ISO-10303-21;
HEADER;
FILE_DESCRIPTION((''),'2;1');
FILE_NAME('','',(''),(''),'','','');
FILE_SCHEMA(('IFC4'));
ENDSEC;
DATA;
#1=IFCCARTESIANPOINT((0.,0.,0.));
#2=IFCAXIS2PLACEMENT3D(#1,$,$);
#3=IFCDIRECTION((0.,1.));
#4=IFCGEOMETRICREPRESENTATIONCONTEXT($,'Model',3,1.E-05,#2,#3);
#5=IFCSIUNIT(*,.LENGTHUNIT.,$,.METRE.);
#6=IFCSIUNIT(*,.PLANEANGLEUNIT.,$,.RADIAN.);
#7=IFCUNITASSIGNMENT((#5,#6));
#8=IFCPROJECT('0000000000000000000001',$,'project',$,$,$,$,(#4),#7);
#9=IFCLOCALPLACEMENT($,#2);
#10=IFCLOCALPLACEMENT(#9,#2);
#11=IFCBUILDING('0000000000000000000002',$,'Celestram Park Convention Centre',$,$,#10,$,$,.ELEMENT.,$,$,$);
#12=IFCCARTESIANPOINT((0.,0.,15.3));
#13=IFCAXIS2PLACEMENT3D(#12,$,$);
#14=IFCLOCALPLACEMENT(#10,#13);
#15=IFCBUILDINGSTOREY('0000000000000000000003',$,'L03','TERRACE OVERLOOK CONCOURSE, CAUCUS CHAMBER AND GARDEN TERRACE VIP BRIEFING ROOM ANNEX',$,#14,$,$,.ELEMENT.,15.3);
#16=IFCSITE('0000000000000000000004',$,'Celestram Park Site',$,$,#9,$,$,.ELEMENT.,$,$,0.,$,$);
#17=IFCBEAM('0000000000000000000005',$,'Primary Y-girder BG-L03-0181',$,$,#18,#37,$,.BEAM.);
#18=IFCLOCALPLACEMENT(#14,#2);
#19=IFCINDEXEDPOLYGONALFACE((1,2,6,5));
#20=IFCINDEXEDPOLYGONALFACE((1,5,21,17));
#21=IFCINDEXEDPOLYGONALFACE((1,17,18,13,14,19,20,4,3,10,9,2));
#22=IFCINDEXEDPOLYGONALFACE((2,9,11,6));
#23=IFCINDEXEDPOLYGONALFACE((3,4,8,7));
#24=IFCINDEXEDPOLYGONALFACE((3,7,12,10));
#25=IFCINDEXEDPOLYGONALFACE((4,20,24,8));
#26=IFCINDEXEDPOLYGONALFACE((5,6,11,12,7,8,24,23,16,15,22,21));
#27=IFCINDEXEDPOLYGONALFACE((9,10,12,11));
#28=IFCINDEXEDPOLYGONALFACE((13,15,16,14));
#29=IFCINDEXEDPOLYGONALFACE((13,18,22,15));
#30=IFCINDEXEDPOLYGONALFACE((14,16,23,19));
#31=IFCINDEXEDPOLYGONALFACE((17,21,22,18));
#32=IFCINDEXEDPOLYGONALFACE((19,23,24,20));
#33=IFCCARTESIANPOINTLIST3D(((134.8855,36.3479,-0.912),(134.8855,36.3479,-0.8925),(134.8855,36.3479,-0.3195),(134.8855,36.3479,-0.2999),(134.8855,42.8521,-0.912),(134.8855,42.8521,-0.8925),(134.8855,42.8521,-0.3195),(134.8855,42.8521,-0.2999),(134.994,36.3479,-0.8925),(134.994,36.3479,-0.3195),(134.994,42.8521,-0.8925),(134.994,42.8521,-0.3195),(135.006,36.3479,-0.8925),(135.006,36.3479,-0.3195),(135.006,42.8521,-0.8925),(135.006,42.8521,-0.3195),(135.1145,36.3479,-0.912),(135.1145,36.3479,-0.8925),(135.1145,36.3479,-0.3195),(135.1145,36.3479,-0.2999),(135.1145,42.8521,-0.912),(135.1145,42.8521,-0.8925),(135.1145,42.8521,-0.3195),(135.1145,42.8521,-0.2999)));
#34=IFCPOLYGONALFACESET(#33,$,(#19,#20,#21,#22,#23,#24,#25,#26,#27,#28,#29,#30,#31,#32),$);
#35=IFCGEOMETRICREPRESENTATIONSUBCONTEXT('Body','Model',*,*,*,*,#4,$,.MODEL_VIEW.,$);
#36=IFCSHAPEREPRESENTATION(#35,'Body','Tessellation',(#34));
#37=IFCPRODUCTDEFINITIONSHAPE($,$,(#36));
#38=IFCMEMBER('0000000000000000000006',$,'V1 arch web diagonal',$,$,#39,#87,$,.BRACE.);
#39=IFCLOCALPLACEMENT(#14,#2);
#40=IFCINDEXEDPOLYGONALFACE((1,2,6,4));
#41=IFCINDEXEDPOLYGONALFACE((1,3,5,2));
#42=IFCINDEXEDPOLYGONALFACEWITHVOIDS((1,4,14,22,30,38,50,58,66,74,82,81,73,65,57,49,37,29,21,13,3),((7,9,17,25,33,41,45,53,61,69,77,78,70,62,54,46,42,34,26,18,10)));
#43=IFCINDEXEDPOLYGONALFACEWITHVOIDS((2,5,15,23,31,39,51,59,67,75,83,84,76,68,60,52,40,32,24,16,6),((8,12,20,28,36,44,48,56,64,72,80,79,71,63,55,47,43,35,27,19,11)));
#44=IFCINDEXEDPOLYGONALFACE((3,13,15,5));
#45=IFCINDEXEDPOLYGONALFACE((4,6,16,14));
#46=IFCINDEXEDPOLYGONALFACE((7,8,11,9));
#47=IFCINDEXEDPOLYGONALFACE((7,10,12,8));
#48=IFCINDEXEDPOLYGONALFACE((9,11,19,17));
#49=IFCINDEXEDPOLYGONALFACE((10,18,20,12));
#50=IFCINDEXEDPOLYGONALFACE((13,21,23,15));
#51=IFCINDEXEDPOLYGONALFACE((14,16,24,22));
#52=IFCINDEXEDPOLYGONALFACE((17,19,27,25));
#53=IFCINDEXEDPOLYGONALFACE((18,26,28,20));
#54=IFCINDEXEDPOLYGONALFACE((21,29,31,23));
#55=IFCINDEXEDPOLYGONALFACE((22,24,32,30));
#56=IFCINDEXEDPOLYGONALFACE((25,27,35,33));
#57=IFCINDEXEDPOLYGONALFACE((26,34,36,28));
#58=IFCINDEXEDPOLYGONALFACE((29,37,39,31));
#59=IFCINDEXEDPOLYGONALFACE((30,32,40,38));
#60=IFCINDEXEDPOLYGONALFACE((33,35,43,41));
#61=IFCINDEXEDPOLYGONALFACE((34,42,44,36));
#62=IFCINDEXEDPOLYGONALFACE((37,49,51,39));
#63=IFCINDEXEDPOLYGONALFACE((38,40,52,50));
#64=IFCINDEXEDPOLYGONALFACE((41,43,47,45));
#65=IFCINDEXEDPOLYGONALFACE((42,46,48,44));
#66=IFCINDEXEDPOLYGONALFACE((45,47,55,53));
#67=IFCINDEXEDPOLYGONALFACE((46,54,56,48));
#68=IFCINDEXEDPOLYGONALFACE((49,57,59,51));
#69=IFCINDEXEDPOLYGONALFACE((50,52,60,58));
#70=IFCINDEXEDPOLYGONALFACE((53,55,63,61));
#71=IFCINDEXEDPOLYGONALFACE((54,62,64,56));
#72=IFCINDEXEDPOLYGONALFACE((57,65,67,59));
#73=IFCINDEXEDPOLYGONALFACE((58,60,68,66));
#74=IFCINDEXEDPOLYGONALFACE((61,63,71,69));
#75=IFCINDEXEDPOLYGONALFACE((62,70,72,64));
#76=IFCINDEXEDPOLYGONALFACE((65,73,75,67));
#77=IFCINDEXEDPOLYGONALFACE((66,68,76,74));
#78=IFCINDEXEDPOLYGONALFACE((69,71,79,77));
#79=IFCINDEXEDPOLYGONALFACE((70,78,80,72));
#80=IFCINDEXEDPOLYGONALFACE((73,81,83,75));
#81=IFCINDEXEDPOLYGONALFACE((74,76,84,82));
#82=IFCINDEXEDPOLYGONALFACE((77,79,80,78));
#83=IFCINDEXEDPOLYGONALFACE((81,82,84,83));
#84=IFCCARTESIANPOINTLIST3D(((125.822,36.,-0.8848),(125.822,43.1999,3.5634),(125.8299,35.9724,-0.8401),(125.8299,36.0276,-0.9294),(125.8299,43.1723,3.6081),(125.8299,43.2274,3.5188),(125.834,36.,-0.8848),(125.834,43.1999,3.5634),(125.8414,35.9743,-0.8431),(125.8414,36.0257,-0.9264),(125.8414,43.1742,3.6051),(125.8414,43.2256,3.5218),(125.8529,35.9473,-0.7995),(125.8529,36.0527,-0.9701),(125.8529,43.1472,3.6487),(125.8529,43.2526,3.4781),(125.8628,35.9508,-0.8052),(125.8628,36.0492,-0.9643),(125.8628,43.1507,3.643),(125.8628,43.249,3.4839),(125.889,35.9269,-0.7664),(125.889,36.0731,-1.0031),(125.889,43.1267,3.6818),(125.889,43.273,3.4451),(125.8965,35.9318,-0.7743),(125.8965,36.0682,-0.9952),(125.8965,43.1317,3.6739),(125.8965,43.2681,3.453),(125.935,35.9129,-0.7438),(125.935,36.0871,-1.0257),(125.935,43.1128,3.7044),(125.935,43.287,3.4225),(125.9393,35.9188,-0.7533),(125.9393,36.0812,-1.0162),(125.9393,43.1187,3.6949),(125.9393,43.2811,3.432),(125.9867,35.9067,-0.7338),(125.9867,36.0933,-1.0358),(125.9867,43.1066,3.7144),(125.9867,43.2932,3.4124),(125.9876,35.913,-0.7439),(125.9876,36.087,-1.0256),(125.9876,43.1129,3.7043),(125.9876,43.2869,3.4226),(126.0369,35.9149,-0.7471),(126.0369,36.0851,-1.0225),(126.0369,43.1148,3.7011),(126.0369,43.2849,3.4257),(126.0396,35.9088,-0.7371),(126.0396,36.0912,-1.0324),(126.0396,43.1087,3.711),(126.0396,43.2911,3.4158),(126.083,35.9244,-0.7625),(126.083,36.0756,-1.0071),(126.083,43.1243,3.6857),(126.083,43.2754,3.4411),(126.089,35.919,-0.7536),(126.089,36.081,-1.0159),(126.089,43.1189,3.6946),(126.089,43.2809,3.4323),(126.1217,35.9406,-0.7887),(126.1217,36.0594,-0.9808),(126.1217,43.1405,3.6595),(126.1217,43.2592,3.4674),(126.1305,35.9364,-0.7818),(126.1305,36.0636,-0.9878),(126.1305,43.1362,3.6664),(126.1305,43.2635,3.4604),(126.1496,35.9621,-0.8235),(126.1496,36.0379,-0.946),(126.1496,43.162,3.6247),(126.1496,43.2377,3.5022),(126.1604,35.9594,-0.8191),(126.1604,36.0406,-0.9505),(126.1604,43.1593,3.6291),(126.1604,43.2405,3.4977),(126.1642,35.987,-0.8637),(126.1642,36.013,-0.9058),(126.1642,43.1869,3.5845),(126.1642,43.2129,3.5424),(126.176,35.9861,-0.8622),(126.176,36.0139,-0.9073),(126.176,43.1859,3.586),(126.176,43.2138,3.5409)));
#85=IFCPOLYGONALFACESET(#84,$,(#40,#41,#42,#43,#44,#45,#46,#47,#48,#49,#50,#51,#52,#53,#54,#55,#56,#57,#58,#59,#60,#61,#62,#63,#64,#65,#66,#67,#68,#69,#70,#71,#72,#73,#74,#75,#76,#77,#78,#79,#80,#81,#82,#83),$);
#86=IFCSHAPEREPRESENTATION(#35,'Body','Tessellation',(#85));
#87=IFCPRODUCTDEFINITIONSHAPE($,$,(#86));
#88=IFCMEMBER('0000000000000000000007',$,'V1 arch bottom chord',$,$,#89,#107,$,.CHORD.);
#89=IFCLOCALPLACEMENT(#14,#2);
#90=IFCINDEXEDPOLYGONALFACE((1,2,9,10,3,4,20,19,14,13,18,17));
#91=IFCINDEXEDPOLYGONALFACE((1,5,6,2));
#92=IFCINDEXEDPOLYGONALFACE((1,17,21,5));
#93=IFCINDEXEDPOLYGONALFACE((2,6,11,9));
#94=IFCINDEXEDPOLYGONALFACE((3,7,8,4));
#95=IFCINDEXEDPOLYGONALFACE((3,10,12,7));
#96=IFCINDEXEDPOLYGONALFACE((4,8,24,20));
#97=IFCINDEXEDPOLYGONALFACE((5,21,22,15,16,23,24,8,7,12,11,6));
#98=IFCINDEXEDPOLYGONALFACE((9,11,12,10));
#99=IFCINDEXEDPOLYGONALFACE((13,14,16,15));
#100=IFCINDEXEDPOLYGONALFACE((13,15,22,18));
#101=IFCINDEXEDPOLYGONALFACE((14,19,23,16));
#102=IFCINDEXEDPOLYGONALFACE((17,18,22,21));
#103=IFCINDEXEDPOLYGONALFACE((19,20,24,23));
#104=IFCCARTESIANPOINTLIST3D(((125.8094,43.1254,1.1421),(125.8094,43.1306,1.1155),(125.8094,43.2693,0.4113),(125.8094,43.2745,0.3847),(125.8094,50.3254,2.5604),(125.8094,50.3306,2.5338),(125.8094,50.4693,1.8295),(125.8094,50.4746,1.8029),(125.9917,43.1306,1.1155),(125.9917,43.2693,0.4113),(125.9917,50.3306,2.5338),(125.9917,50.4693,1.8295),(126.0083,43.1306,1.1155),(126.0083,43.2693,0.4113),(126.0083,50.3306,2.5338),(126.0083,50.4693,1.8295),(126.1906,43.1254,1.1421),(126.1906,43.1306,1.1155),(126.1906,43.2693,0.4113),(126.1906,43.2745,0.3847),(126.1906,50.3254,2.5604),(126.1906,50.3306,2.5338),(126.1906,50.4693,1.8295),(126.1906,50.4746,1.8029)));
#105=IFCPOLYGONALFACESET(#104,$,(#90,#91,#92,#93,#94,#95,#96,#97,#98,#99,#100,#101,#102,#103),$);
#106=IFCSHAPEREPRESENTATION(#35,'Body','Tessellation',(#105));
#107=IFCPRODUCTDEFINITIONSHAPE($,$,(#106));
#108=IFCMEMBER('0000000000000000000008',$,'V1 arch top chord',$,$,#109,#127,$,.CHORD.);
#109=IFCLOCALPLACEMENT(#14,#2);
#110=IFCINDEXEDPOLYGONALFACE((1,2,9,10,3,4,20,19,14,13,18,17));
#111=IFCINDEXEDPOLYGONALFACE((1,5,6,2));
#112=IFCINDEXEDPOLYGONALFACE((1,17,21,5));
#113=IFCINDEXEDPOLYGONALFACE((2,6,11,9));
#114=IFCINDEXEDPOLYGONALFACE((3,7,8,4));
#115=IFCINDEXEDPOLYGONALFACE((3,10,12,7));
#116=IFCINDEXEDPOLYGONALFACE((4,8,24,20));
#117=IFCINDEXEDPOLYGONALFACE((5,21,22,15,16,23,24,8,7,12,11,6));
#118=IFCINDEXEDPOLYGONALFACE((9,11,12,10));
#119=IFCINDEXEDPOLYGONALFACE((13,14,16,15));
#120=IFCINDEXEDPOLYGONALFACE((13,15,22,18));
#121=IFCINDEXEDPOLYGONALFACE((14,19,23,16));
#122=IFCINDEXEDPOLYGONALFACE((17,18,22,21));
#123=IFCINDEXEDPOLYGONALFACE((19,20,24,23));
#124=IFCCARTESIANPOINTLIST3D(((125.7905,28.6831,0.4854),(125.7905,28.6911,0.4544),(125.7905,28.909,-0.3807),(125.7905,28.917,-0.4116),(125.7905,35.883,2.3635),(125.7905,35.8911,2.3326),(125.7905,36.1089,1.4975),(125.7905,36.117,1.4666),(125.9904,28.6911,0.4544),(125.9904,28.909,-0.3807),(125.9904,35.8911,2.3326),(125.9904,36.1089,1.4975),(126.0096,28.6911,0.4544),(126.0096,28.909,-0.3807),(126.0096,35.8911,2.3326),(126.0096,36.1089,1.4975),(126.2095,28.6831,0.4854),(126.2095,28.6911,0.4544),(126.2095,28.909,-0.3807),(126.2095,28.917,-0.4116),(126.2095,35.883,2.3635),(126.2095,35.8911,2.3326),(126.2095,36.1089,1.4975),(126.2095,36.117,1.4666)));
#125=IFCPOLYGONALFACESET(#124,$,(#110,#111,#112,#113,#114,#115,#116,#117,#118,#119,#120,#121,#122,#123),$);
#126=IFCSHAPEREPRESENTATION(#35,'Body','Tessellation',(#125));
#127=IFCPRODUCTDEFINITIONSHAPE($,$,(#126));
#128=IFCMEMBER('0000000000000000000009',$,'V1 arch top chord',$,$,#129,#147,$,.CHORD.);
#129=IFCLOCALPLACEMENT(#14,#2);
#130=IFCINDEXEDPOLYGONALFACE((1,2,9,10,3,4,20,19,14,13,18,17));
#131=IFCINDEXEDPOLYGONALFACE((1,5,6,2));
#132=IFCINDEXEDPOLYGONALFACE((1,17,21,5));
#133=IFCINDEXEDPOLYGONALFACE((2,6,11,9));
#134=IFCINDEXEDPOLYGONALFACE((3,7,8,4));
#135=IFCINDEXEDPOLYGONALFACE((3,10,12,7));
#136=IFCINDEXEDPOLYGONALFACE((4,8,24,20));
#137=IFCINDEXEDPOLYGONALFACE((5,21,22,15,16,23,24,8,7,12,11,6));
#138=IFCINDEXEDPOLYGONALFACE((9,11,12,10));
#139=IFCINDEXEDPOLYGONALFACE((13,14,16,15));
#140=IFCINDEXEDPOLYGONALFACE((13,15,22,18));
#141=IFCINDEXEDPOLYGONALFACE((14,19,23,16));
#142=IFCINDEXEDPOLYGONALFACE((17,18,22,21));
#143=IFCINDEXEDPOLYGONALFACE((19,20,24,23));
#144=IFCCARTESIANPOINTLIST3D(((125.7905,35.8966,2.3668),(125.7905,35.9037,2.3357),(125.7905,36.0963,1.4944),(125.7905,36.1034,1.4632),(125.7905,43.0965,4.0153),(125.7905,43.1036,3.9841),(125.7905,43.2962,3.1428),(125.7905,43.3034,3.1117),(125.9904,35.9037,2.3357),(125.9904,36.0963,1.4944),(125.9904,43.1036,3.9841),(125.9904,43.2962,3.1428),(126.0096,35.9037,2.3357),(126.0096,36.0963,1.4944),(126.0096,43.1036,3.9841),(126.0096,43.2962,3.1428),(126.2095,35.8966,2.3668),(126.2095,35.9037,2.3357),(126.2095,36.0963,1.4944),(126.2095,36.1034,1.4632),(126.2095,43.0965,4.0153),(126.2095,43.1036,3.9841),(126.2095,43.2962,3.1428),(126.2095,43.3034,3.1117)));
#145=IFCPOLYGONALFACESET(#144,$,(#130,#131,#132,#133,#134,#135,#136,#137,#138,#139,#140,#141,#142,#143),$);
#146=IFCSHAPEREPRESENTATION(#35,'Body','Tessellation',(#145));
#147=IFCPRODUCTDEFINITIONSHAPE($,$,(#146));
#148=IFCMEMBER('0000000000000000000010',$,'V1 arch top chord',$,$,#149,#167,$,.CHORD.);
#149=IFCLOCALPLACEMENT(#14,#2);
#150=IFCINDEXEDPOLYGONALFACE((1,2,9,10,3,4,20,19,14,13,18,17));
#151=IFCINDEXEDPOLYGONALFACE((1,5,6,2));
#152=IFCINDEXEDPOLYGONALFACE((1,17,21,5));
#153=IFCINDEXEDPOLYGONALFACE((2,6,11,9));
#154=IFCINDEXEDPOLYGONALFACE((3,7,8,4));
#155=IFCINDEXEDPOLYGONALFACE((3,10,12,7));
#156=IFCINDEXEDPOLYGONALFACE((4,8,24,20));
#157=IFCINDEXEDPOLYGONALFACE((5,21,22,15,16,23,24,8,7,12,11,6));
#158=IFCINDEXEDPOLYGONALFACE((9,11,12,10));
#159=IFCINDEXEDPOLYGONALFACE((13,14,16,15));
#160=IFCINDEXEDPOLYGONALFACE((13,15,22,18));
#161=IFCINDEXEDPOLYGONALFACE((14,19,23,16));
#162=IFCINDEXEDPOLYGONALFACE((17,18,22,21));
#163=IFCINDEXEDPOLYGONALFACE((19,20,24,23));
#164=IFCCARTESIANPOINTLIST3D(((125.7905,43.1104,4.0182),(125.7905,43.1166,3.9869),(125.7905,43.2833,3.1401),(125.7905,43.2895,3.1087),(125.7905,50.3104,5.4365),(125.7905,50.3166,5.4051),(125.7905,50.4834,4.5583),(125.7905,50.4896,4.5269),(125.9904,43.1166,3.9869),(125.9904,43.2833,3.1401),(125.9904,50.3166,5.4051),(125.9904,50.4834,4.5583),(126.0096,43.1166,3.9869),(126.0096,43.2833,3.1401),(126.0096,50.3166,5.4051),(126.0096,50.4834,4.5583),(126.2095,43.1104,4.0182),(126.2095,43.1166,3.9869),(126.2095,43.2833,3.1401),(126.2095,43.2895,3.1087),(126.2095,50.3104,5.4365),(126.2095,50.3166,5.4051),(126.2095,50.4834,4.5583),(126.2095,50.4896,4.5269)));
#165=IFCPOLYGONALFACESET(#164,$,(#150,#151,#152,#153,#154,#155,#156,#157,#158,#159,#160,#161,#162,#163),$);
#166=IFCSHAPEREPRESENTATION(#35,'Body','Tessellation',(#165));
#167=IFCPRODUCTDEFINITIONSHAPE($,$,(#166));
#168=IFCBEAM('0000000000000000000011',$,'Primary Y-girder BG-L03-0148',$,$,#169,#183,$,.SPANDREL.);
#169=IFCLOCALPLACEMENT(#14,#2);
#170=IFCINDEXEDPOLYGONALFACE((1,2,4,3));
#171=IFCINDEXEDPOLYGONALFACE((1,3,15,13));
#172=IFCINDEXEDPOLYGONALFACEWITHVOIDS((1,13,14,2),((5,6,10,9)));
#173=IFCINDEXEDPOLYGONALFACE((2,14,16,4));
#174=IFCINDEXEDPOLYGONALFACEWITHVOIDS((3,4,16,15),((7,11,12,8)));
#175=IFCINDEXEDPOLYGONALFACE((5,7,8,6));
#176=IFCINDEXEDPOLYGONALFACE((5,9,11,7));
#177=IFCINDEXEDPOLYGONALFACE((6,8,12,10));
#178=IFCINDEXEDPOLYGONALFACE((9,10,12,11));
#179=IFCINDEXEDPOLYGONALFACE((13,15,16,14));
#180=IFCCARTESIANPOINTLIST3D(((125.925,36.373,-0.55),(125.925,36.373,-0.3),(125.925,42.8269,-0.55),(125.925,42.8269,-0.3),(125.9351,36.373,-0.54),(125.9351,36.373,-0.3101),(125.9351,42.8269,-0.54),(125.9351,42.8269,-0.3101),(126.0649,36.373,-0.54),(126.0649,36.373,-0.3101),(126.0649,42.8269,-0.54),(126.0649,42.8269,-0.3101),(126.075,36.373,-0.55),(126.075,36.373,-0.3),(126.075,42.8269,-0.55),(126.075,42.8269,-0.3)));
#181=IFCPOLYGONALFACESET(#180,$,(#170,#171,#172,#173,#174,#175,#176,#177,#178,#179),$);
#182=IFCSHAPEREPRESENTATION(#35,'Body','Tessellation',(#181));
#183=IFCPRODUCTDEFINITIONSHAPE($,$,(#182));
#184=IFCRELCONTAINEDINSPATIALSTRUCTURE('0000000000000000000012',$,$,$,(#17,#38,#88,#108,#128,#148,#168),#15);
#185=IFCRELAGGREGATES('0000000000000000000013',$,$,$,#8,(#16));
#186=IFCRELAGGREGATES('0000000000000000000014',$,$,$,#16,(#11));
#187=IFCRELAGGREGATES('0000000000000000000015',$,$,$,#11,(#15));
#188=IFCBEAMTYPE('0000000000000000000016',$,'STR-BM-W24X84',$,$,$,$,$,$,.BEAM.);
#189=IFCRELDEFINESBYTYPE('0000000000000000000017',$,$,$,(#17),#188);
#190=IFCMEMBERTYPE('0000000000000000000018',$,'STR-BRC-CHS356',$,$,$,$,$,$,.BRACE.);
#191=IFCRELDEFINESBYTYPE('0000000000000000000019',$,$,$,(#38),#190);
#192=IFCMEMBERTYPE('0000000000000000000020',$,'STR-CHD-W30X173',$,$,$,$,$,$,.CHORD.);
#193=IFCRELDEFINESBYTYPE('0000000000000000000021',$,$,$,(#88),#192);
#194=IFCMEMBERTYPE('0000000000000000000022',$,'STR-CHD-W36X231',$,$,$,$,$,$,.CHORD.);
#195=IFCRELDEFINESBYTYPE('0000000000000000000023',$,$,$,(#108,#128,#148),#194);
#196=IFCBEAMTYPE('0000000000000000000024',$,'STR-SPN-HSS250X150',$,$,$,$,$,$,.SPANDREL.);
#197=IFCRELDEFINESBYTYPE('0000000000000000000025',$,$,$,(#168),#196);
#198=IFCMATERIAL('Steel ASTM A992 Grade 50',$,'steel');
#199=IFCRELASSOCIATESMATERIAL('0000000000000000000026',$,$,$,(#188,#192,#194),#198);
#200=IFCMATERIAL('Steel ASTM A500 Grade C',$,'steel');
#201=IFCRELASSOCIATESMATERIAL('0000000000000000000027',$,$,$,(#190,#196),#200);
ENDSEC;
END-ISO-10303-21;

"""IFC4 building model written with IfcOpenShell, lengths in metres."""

from ifc_helpers import new_model, si_unit, direction, frame, origin, origin_2d, place, context, subcontext, project, spatial, hollow_rectangle, hollow_circle, i_section, extrude, material, material_profile, profile_set, type_object, element, save


model = new_model("IFC4")

# Units and contexts
model_context = context("Model", 3, precision=1e-05, world=origin(), true_north=direction((0.0, 1.0)))
body_context = subcontext(model_context, "Body", "Model", "MODEL_VIEW")
ifc_project = project(units=[si_unit("LENGTHUNIT", "METRE"), si_unit("PLANEANGLEUNIT", "RADIAN")], contexts=[model_context])

# Site, building, storey
site_placement = place(None, origin())
site = spatial("IfcSite", under=ifc_project, at=site_placement, Name="Celestram Park Site", CompositionType="ELEMENT", RefElevation=0.0)
building_placement = place(site_placement, origin())
building = spatial("IfcBuilding", under=site, at=building_placement, Name="Celestram Park Convention Centre", CompositionType="ELEMENT")
storey_placement = place(building_placement, frame((0.0, 0.0, 15.3)))
storey = spatial("IfcBuildingStorey", under=building, at=storey_placement, Name="L03", Description="TERRACE OVERLOOK CONCOURSE, CAUCUS CHAMBER AND GARDEN TERRACE VIP BRIEFING ROOM ANNEX", CompositionType="ELEMENT", Elevation=15.3)

# Beam
ifc_material_1 = material(Name="Steel ASTM A992 Grade 50", Category="steel")
ifc_material_profile_1 = material_profile(ifc_material_1, i_section(OverallWidth=0.229, OverallDepth=0.6121, WebThickness=0.012, FlangeThickness=0.0195, at=origin_2d()), Name="W24X84")
ifc_profile_set_1 = profile_set([ifc_material_profile_1], Name="Steel ASTM A992 Grade 50")
beam_type_1 = type_object("IfcBeamType", Name="STR-BM-W24X84", PredefinedType="BEAM", material=ifc_profile_set_1)
beam_1_placement = place(storey_placement, frame((135.0, 36.3479, -0.606), z_axis=(0.0, 1.0, 0.0), x_axis=(-1.0, 0.0, 0.0)))
element("IfcBeam", 1, at=beam_1_placement, inside=storey, type_object=beam_type_1, Name="Primary Y-girder BG-L03-0181", PredefinedType="BEAM", context=body_context, shape_type="SweptSolid", body=[
    extrude(i_section(OverallWidth=0.229, OverallDepth=0.6121, WebThickness=0.012, FlangeThickness=0.0195, at=origin_2d()), origin(), (0.0, 0.0, 1.0), 6.5042),
])

# Members
ifc_material_2 = material(Name="Steel ASTM A500 Grade C", Category="steel")
ifc_material_profile_2 = material_profile(ifc_material_2, hollow_circle(Radius=0.178, WallThickness=0.012, at=origin_2d()), Name="CHS356X12")
ifc_profile_set_2 = profile_set([ifc_material_profile_2], Name="Steel ASTM A500 Grade C")
member_type_1 = type_object("IfcMemberType", Name="STR-BRC-CHS356", PredefinedType="BRACE", material=ifc_profile_set_2)
member_1_placement = place(storey_placement, frame((126.0, 36.0, -0.8848), z_axis=(0.0, 0.850734, 0.525597), x_axis=(-1.0, 0.0, 0.0)))
element("IfcMember", 2, at=member_1_placement, inside=storey, type_object=member_type_1, Name="V1 arch web diagonal", PredefinedType="BRACE", context=body_context, shape_type="SweptSolid", body=[
    extrude(hollow_circle(Radius=0.178, WallThickness=0.012, at=origin_2d()), origin(), (0.0, 0.0, 1.0), 8.4631),
])
ifc_material_profile_3 = material_profile(ifc_material_1, i_section(OverallWidth=0.3811, OverallDepth=0.772, WebThickness=0.0166, FlangeThickness=0.0271, at=origin_2d()), Name="W30X173")
ifc_profile_set_3 = profile_set([ifc_material_profile_3], Name="Steel ASTM A992 Grade 50")
member_type_2 = type_object("IfcMemberType", Name="STR-CHD-W30X173", PredefinedType="CHORD", material=ifc_profile_set_3)
member_2_placement = place(storey_placement, frame((126.0, 43.2, 0.7634), z_axis=(0.0, 0.981147, 0.193262), x_axis=(-1.0, 0.0, 0.0)))
element("IfcMember", 3, at=member_2_placement, inside=storey, type_object=member_type_2, Name="V1 arch bottom chord", PredefinedType="CHORD", context=body_context, shape_type="SweptSolid", body=[
    extrude(i_section(OverallWidth=0.3811, OverallDepth=0.772, WebThickness=0.0166, FlangeThickness=0.0271, at=origin_2d()), origin(), (0.0, 0.0, 1.0), 7.3384),
])
ifc_material_profile_4 = material_profile(ifc_material_1, i_section(OverallWidth=0.4189, OverallDepth=0.927, WebThickness=0.0193, FlangeThickness=0.032, at=origin_2d()), Name="W36X231")
ifc_profile_set_4 = profile_set([ifc_material_profile_4], Name="Steel ASTM A992 Grade 50")
member_type_3 = type_object("IfcMemberType", Name="STR-CHD-W36X231", PredefinedType="CHORD", material=ifc_profile_set_4)
member_3_placement = place(storey_placement, frame((126.0, 28.8, 0.0369), z_axis=(0.0, 0.96762, 0.252413), x_axis=(-1.0, 0.0, 0.0)))
element("IfcMember", 4, at=member_3_placement, inside=storey, type_object=member_type_3, Name="V1 arch top chord", PredefinedType="CHORD", context=body_context, shape_type="SweptSolid", body=[
    extrude(i_section(OverallWidth=0.4189, OverallDepth=0.927, WebThickness=0.0193, FlangeThickness=0.032, at=origin_2d()), origin(), (0.0, 0.0, 1.0), 7.4409),
])
member_4_placement = place(storey_placement, frame((126.0, 36.0, 1.915), z_axis=(0.0, 0.974778, 0.223177), x_axis=(-1.0, 0.0, 0.0)))
element("IfcMember", 5, at=member_4_placement, inside=storey, type_object=member_type_3, Name="V1 arch top chord", PredefinedType="CHORD", context=body_context, shape_type="SweptSolid", body=[
    extrude(i_section(OverallWidth=0.4189, OverallDepth=0.927, WebThickness=0.0193, FlangeThickness=0.032, at=origin_2d()), origin(), (0.0, 0.0, 1.0), 7.3862),
])
member_5_placement = place(storey_placement, frame((126.0, 43.2, 3.5635), z_axis=(0.0, 0.981147, 0.193262), x_axis=(-1.0, 0.0, 0.0)))
element("IfcMember", 6, at=member_5_placement, inside=storey, type_object=member_type_3, Name="V1 arch top chord", PredefinedType="CHORD", context=body_context, shape_type="SweptSolid", body=[
    extrude(i_section(OverallWidth=0.4189, OverallDepth=0.927, WebThickness=0.0193, FlangeThickness=0.032, at=origin_2d()), origin(), (0.0, 0.0, 1.0), 7.3384),
])

# Beam
ifc_material_profile_5 = material_profile(ifc_material_2, hollow_rectangle(XDim=0.1499, YDim=0.25, WallThickness=0.01, at=origin_2d()), Name="HSS250X150X10")
ifc_profile_set_5 = profile_set([ifc_material_profile_5], Name="Steel ASTM A500 Grade C")
beam_type_2 = type_object("IfcBeamType", Name="STR-SPN-HSS250X150", PredefinedType="SPANDREL", material=ifc_profile_set_5)
beam_2_placement = place(storey_placement, frame((126.0, 36.373, -0.425), z_axis=(0.0, 1.0, 0.0), x_axis=(-1.0, 0.0, 0.0)))
element("IfcBeam", 7, at=beam_2_placement, inside=storey, type_object=beam_type_2, Name="Primary Y-girder BG-L03-0148", PredefinedType="SPANDREL", context=body_context, shape_type="SweptSolid", body=[
    extrude(hollow_rectangle(XDim=0.1499, YDim=0.25, WallThickness=0.01, at=origin_2d()), origin(), (0.0, 0.0, 1.0), 6.4539),
])

save(model, "model.ifc")
